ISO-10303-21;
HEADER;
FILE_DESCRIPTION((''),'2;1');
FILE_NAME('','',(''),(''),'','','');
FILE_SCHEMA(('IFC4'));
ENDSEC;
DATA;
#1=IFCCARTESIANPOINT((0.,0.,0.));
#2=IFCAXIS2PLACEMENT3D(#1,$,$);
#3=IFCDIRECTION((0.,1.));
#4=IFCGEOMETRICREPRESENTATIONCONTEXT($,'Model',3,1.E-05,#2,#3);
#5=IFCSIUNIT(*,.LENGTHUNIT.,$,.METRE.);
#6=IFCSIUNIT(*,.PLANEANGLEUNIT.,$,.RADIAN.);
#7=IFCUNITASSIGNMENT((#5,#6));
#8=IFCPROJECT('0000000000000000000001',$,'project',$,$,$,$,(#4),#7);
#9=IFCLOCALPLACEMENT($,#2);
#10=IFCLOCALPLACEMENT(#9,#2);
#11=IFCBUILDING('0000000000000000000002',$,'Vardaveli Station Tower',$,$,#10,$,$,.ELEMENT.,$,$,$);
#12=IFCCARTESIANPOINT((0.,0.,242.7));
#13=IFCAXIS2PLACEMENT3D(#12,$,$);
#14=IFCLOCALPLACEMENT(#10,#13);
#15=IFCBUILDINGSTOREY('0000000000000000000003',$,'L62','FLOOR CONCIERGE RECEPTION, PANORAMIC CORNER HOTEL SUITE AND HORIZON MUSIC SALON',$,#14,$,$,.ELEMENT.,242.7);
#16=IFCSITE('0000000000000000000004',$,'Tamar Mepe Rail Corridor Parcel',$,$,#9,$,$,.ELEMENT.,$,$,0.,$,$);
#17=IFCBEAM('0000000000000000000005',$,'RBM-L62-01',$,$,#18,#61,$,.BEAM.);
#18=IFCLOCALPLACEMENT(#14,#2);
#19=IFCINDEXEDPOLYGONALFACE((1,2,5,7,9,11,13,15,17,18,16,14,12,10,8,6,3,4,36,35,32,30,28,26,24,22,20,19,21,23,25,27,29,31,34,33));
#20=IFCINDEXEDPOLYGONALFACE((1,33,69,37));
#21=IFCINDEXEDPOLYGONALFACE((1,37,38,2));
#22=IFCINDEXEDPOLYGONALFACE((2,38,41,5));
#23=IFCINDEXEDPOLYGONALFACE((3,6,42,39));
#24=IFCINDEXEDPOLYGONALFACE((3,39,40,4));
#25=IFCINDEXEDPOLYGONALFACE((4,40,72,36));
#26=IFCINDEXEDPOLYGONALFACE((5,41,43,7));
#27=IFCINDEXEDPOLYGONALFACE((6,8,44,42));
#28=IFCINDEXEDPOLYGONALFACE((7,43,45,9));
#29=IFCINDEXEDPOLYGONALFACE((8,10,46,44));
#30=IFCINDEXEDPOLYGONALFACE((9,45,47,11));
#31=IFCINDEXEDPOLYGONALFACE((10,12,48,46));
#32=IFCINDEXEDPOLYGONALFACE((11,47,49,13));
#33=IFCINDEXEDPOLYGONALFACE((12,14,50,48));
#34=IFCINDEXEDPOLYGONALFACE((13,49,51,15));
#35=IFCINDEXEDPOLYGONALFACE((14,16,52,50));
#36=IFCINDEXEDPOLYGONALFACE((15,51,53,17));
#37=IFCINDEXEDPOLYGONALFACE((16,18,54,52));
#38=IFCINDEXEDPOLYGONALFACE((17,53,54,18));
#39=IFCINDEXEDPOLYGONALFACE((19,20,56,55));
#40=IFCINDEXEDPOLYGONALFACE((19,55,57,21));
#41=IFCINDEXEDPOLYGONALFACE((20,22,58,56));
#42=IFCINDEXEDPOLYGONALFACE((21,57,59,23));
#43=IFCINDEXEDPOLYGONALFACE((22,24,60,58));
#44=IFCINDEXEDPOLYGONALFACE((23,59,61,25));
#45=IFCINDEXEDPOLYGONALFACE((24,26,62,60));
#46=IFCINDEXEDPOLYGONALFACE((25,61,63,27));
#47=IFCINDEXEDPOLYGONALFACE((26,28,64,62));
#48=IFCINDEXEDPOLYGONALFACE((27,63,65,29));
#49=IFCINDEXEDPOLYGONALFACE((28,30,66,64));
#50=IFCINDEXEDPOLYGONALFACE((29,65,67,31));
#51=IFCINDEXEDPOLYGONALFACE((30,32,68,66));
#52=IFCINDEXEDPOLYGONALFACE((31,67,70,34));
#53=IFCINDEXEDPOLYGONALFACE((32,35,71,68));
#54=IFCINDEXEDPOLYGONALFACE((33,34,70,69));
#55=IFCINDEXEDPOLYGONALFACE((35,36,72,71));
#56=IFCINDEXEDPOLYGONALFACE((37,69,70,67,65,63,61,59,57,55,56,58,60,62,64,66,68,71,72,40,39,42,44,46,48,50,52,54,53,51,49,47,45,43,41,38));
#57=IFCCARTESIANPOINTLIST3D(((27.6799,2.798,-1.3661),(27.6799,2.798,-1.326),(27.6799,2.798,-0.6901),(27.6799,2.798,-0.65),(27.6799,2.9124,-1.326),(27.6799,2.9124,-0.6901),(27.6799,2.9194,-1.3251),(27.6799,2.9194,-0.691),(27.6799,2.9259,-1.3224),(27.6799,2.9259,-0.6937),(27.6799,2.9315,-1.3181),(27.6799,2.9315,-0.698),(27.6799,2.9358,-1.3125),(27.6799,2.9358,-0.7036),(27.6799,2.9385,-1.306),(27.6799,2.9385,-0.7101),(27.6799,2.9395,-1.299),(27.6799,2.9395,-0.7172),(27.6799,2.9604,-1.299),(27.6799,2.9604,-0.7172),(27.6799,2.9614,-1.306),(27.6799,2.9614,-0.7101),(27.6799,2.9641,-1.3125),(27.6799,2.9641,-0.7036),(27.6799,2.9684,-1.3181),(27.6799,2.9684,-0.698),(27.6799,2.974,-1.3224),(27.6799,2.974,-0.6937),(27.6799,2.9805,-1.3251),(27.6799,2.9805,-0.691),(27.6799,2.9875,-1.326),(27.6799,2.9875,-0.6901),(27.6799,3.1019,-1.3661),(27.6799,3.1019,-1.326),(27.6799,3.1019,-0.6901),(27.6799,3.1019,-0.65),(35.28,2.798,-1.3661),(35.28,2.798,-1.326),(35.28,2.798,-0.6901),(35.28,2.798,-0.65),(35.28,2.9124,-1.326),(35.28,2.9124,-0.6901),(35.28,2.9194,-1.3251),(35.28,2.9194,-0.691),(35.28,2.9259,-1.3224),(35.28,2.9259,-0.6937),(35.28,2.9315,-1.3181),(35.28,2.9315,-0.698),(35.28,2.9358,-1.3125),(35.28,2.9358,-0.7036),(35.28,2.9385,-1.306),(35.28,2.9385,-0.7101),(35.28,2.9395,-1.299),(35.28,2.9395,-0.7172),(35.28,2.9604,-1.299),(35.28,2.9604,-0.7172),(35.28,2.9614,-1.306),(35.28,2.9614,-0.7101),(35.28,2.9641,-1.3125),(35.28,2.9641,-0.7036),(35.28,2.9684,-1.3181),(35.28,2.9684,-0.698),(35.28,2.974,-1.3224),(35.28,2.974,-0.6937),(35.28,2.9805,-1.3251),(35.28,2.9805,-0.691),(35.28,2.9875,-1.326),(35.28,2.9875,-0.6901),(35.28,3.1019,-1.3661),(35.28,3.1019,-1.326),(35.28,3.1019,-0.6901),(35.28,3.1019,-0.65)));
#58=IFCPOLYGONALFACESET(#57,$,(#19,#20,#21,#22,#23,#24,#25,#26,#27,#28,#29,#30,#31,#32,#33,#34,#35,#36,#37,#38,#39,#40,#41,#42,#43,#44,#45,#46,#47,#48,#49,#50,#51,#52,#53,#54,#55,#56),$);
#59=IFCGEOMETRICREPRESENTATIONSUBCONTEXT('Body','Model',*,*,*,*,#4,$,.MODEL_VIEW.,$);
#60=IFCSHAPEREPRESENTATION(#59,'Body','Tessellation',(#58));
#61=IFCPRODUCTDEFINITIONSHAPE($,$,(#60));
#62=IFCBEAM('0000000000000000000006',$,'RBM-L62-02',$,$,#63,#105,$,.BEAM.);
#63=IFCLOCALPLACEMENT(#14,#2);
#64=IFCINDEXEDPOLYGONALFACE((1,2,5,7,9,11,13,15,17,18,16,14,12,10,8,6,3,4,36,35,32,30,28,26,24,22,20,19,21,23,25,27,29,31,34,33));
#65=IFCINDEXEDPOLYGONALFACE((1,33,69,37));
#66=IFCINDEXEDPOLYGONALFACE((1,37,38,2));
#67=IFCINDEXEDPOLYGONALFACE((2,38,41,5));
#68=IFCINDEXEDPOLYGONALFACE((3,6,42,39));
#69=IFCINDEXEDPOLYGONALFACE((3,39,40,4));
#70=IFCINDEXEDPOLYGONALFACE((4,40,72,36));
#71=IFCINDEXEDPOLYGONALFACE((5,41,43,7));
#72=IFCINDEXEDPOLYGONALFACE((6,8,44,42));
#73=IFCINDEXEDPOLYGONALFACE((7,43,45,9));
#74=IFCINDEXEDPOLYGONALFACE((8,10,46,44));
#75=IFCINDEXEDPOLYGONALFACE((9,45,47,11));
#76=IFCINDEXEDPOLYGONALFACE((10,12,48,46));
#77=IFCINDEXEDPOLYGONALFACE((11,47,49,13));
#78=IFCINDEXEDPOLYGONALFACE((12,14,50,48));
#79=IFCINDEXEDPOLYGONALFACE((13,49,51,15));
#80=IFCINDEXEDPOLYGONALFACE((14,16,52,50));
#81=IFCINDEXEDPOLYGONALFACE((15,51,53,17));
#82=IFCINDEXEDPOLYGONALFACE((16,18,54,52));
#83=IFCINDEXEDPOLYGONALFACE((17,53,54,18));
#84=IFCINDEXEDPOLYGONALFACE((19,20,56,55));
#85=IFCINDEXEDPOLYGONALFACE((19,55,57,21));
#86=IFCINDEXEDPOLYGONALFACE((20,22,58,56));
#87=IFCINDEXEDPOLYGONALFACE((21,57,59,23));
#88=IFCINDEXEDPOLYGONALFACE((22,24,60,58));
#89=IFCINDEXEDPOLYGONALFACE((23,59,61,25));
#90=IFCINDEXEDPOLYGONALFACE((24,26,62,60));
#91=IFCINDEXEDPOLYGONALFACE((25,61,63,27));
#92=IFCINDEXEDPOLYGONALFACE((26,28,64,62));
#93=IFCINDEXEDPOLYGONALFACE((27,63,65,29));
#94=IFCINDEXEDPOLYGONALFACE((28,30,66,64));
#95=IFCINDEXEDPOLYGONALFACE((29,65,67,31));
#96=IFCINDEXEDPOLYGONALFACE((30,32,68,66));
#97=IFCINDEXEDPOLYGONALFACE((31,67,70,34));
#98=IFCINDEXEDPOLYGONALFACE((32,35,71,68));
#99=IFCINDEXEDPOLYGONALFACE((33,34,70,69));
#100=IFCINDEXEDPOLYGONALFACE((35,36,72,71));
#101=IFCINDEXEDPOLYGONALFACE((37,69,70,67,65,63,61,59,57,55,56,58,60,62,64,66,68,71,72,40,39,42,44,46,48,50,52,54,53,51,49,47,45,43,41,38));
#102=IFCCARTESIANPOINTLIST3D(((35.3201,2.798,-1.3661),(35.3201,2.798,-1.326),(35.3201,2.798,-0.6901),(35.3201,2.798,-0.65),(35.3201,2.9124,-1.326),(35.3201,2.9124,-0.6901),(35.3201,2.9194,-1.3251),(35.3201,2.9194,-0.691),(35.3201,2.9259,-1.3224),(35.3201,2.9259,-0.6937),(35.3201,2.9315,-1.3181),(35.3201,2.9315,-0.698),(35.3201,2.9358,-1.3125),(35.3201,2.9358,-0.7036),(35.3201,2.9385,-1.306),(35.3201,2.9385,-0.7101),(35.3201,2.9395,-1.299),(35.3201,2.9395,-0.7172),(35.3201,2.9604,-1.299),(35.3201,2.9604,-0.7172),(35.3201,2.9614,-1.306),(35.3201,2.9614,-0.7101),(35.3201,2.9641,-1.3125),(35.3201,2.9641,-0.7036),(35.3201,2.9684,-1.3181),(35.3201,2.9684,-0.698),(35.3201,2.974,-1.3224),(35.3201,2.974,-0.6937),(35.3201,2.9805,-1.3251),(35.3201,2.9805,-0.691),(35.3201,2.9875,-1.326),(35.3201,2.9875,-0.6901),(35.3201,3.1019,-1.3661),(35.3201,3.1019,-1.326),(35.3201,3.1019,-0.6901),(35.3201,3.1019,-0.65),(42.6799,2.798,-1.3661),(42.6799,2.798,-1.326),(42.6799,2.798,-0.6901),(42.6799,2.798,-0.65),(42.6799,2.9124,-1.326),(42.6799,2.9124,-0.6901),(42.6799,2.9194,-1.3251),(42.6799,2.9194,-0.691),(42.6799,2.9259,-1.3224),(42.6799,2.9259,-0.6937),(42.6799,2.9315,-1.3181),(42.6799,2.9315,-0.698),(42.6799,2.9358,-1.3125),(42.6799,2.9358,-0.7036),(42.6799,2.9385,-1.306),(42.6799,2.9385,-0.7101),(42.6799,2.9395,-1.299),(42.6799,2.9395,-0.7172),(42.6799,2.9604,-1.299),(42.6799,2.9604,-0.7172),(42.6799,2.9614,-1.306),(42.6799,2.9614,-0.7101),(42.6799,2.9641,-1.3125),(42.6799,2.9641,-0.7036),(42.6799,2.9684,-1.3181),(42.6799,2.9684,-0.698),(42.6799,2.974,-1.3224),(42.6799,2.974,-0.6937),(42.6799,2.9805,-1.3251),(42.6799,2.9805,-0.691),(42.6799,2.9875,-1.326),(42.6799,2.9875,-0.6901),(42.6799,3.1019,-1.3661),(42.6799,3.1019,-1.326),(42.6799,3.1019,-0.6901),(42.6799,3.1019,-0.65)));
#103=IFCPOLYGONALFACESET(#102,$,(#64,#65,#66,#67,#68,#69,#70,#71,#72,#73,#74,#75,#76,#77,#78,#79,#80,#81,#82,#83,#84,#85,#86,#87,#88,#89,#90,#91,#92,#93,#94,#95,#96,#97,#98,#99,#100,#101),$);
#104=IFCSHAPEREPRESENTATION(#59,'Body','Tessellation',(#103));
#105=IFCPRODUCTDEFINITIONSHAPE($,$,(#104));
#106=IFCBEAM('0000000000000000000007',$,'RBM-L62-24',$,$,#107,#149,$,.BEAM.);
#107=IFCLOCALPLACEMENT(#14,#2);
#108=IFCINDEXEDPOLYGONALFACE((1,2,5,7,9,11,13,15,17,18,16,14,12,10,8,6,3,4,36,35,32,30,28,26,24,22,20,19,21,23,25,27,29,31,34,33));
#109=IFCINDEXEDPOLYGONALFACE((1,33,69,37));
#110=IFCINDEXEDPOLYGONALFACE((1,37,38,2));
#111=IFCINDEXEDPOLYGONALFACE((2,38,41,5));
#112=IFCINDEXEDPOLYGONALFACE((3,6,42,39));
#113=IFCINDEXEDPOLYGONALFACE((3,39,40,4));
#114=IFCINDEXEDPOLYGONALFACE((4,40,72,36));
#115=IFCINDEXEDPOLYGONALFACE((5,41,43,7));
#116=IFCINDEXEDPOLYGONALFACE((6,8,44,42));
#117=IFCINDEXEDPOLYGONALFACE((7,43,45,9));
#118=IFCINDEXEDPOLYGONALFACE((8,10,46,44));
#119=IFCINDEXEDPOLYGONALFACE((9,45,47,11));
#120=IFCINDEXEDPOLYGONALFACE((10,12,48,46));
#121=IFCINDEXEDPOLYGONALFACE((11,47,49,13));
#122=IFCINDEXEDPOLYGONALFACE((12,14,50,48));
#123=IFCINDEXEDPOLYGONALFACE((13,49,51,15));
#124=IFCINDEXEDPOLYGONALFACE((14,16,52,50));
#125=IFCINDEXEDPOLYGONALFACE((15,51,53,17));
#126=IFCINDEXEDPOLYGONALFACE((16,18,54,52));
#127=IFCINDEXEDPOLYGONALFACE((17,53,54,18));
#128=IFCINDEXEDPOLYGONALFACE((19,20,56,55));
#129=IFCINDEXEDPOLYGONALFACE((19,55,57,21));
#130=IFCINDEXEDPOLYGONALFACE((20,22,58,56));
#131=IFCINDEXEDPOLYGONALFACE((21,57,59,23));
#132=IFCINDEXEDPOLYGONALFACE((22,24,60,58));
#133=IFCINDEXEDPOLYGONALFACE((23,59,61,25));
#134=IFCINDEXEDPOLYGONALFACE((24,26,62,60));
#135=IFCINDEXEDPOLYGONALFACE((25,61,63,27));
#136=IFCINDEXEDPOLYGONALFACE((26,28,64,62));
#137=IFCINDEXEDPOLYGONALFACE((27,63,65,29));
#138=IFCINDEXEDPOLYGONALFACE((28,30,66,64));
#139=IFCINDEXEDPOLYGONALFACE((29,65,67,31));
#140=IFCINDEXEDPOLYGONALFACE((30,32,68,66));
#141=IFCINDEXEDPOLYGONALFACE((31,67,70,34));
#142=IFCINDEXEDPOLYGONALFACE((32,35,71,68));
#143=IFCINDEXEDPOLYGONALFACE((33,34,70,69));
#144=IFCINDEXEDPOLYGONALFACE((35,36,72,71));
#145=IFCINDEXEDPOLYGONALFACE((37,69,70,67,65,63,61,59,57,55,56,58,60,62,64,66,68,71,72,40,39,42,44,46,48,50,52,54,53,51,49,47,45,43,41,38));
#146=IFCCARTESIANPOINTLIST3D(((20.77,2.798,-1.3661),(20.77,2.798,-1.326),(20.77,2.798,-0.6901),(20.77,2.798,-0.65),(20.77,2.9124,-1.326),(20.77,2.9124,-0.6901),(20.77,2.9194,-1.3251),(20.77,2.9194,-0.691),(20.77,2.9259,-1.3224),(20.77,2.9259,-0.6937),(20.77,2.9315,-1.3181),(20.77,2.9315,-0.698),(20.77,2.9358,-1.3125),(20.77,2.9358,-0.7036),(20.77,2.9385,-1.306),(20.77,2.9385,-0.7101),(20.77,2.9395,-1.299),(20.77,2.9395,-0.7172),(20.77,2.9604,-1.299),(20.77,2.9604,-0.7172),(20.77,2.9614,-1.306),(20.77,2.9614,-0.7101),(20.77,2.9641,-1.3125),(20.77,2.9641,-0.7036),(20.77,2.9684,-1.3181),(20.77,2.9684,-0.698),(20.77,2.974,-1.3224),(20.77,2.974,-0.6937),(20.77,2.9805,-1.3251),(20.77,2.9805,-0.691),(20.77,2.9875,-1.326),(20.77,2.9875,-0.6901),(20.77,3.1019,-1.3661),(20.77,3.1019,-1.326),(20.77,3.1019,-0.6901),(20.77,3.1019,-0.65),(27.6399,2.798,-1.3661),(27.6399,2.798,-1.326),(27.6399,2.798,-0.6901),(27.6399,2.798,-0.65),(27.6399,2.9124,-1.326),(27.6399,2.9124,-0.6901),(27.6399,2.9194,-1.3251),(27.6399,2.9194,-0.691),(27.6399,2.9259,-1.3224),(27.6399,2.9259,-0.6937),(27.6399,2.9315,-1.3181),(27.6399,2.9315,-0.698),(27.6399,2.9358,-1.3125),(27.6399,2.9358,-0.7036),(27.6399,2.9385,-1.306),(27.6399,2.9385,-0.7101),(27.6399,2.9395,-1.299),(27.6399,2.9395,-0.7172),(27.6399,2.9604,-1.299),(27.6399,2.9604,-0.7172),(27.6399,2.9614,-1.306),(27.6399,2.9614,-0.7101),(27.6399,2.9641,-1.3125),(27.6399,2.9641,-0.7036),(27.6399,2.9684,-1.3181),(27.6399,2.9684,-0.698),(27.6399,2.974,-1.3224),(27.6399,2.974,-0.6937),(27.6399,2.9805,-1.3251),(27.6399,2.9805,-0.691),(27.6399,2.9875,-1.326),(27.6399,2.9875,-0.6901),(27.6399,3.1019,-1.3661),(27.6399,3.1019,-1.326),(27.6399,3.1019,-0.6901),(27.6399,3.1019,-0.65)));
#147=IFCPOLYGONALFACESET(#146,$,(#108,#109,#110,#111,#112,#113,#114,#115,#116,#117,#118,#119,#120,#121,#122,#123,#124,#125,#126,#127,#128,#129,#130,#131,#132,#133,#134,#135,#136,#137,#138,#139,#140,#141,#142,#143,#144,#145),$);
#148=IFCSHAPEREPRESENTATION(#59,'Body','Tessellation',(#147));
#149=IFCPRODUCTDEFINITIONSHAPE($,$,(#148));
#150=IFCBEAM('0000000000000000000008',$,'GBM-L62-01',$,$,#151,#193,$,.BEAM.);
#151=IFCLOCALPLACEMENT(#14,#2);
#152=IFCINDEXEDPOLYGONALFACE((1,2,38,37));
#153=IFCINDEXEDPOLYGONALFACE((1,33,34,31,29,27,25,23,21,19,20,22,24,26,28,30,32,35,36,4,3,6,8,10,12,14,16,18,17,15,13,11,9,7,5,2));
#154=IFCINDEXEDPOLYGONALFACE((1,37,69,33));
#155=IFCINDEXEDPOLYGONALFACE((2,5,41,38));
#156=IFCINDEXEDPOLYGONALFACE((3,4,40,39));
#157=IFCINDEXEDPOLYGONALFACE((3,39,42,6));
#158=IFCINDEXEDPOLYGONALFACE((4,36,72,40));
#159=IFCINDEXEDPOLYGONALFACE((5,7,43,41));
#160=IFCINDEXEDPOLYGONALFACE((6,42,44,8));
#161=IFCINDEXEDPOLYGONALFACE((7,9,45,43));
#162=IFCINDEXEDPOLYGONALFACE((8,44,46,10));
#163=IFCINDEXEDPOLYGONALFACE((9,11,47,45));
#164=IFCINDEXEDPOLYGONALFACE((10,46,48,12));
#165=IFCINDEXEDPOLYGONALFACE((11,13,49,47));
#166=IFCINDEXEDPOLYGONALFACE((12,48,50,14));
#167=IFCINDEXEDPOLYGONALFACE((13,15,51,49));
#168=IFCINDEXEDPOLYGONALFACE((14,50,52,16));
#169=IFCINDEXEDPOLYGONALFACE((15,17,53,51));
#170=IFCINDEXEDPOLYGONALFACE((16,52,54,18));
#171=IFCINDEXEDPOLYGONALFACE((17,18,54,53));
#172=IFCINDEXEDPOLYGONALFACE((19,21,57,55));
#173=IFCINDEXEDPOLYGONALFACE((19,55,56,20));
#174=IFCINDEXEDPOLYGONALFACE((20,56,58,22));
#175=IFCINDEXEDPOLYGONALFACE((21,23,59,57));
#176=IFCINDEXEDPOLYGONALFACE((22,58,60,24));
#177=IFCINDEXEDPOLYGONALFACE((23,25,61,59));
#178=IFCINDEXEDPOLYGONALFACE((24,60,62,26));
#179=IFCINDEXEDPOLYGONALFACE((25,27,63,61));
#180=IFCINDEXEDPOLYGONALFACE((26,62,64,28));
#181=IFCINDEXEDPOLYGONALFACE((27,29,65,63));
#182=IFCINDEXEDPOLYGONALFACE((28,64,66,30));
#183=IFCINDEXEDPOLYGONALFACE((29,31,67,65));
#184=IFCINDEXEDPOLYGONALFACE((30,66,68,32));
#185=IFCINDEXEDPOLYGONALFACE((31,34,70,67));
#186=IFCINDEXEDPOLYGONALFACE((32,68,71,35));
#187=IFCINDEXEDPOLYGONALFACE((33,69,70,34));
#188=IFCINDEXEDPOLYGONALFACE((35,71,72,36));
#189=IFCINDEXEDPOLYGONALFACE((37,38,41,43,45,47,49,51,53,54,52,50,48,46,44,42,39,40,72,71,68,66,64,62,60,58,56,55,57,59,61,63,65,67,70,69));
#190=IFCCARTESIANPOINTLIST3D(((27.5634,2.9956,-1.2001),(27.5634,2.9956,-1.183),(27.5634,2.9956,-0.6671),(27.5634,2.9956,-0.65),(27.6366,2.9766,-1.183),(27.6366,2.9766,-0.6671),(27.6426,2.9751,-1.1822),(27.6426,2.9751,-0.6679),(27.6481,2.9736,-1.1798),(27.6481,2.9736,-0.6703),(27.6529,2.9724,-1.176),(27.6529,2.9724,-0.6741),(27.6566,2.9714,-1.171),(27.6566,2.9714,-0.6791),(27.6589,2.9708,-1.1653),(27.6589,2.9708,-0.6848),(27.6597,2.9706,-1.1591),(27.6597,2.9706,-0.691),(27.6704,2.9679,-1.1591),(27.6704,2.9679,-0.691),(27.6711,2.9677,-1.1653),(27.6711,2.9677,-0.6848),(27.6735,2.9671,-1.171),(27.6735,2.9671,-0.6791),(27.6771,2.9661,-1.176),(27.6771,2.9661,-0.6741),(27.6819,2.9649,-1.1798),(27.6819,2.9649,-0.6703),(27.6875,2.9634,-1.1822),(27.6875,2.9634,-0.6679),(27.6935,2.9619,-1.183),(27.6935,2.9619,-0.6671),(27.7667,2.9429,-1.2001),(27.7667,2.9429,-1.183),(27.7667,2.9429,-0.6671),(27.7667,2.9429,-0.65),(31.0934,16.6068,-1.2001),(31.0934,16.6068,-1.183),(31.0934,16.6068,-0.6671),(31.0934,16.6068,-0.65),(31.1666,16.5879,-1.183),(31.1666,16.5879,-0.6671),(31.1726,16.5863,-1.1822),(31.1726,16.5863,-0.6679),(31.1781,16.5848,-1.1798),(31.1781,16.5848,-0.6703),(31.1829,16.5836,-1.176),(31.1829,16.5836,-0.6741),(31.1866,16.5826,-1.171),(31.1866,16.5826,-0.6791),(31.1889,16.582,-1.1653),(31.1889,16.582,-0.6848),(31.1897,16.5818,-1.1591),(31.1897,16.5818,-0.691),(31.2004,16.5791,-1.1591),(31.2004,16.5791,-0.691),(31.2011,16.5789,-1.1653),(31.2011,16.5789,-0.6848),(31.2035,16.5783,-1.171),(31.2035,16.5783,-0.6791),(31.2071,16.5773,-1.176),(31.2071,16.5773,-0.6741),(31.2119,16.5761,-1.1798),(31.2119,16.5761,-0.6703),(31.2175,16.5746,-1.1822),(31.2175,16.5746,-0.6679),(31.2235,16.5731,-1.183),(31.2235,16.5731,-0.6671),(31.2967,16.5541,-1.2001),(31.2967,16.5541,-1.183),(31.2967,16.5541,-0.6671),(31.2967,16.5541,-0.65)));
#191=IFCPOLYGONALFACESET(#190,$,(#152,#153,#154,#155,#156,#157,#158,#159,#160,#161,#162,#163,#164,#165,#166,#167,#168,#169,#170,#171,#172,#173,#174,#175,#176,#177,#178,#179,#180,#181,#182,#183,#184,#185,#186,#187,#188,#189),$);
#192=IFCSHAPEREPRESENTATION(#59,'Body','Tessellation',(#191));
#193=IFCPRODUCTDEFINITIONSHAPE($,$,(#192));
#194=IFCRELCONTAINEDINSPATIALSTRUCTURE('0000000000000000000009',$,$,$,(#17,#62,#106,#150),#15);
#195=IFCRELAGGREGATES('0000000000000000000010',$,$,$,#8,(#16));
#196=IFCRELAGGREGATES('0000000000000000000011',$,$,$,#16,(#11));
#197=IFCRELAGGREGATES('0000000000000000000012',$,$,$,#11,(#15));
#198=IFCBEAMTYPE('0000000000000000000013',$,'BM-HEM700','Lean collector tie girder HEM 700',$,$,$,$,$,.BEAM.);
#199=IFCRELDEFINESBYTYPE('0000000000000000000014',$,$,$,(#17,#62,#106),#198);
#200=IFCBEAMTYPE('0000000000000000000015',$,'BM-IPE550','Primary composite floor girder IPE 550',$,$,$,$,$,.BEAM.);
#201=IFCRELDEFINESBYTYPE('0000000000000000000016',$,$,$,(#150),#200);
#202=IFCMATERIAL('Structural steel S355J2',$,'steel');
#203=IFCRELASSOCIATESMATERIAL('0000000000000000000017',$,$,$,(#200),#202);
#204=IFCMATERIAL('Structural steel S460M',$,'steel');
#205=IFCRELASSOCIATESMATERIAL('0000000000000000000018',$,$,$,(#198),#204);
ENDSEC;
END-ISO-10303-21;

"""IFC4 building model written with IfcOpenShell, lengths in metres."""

from ifc_helpers import new_model, si_unit, direction, frame, origin, origin_2d, place, context, subcontext, project, spatial, i_section, extrude, source, transform, mapped, material, material_profile, profile_set, type_object, element, save


model = new_model("IFC4")

# Units and contexts
model_context = context("Model", 3, precision=1e-05, world=origin(), true_north=direction((0.0, 1.0)))
body_context = subcontext(model_context, "Body", "Model", "MODEL_VIEW")
ifc_project = project(units=[si_unit("LENGTHUNIT", "METRE"), si_unit("PLANEANGLEUNIT", "RADIAN")], contexts=[model_context])

# Site, building, storey
site_placement = place(None, origin())
site = spatial("IfcSite", under=ifc_project, at=site_placement, Name="Tamar Mepe Rail Corridor Parcel", CompositionType="ELEMENT", RefElevation=0.0)
building_placement = place(site_placement, origin())
building = spatial("IfcBuilding", under=site, at=building_placement, Name="Vardaveli Station Tower", CompositionType="ELEMENT")
storey_placement = place(building_placement, frame((0.0, 0.0, 242.7)))
storey = spatial("IfcBuildingStorey", under=building, at=storey_placement, Name="L62", Description="FLOOR CONCIERGE RECEPTION, PANORAMIC CORNER HOTEL SUITE AND HORIZON MUSIC SALON", CompositionType="ELEMENT", Elevation=242.7)

# Shared definitions
ifc_material_1 = material(Name="Structural steel S460M", Category="steel")

# Beams
ifc_material_2 = material(Name="Structural steel S355J2", Category="steel")
ifc_material_profile_1 = material_profile(ifc_material_2, i_section(OverallWidth=0.21, OverallDepth=0.55, WebThickness=0.011, FlangeThickness=0.0171, FilletRadius=0.0239, at=origin_2d()), Name="IPE 550")
ifc_profile_set_1 = profile_set([ifc_material_profile_1], Name="Structural steel S355J2")
beam_type_1 = type_object("IfcBeamType", Name="BM-IPE550", Description="Primary composite floor girder IPE 550", PredefinedType="BEAM", material=ifc_profile_set_1)
ifc_material_profile_2 = material_profile(ifc_material_1, i_section(OverallWidth=0.304, OverallDepth=0.7161, WebThickness=0.021, FlangeThickness=0.04, FilletRadius=0.0271, at=origin_2d()), Name="HEM 700")
ifc_profile_set_2 = profile_set([ifc_material_profile_2], Name="Structural steel S460M")
beam_type_2 = type_object("IfcBeamType", Name="BM-HEM700", Description="Lean collector tie girder HEM 700", PredefinedType="BEAM", material=ifc_profile_set_2)
shared_shape_1 = source(origin(), body_context, "Body", "SweptSolid", [
    extrude(i_section(OverallWidth=0.304, OverallDepth=0.7161, WebThickness=0.021, FlangeThickness=0.04, FilletRadius=0.0271, at=origin_2d()), origin(), (0.0, 0.0, 1.0), 7.6001),
])
beam_1_placement = place(storey_placement, frame((27.6799, 2.95, -1.0081), z_axis=(1.0, 0.0, 0.0), x_axis=(0.0, 1.0, 0.0)))
element("IfcBeam", 1, at=beam_1_placement, inside=storey, type_object=beam_type_2, Name="RBM-L62-01", PredefinedType="BEAM", context=body_context, shape_type="MappedRepresentation", body=[
    mapped(shared_shape_1, transform((0.0, 0.0, 0.0), scale=1.0)),
])
shared_shape_2 = source(origin(), body_context, "Body", "SweptSolid", [
    extrude(i_section(OverallWidth=0.304, OverallDepth=0.7161, WebThickness=0.021, FlangeThickness=0.04, FilletRadius=0.0271, at=origin_2d()), origin(), (0.0, 0.0, 1.0), 7.3599),
])
beam_2_placement = place(storey_placement, frame((35.3201, 2.95, -1.0081), z_axis=(1.0, 0.0, 0.0), x_axis=(0.0, 1.0, 0.0)))
element("IfcBeam", 2, at=beam_2_placement, inside=storey, type_object=beam_type_2, Name="RBM-L62-02", PredefinedType="BEAM", context=body_context, shape_type="MappedRepresentation", body=[
    mapped(shared_shape_2, transform((0.0, 0.0, 0.0), scale=1.0)),
])
shared_shape_3 = source(origin(), body_context, "Body", "SweptSolid", [
    extrude(i_section(OverallWidth=0.304, OverallDepth=0.7161, WebThickness=0.021, FlangeThickness=0.04, FilletRadius=0.0271, at=origin_2d()), origin(), (0.0, 0.0, 1.0), 6.8699),
])
beam_3_placement = place(storey_placement, frame((20.77, 2.95, -1.0081), z_axis=(1.0, 0.0, 0.0), x_axis=(0.0, 1.0, 0.0)))
element("IfcBeam", 3, at=beam_3_placement, inside=storey, type_object=beam_type_2, Name="RBM-L62-24", PredefinedType="BEAM", context=body_context, shape_type="MappedRepresentation", body=[
    mapped(shared_shape_3, transform((0.0, 0.0, 0.0), scale=1.0)),
])
shared_shape_4 = source(origin(), body_context, "Body", "SweptSolid", [
    extrude(i_section(OverallWidth=0.21, OverallDepth=0.55, WebThickness=0.011, FlangeThickness=0.0171, FilletRadius=0.0239, at=origin_2d()), origin(), (0.0, 0.0, 1.0), 14.0615),
])
beam_4_placement = place(storey_placement, frame((27.665, 2.9692, -0.925), z_axis=(0.25104, 0.967977, 0.0), x_axis=(-0.967977, 0.25104, 0.0)))
element("IfcBeam", 4, at=beam_4_placement, inside=storey, type_object=beam_type_1, Name="GBM-L62-01", PredefinedType="BEAM", context=body_context, shape_type="MappedRepresentation", body=[
    mapped(shared_shape_4, transform((0.0, 0.0, 0.0), scale=1.0)),
])

save(model, "model.ifc")
